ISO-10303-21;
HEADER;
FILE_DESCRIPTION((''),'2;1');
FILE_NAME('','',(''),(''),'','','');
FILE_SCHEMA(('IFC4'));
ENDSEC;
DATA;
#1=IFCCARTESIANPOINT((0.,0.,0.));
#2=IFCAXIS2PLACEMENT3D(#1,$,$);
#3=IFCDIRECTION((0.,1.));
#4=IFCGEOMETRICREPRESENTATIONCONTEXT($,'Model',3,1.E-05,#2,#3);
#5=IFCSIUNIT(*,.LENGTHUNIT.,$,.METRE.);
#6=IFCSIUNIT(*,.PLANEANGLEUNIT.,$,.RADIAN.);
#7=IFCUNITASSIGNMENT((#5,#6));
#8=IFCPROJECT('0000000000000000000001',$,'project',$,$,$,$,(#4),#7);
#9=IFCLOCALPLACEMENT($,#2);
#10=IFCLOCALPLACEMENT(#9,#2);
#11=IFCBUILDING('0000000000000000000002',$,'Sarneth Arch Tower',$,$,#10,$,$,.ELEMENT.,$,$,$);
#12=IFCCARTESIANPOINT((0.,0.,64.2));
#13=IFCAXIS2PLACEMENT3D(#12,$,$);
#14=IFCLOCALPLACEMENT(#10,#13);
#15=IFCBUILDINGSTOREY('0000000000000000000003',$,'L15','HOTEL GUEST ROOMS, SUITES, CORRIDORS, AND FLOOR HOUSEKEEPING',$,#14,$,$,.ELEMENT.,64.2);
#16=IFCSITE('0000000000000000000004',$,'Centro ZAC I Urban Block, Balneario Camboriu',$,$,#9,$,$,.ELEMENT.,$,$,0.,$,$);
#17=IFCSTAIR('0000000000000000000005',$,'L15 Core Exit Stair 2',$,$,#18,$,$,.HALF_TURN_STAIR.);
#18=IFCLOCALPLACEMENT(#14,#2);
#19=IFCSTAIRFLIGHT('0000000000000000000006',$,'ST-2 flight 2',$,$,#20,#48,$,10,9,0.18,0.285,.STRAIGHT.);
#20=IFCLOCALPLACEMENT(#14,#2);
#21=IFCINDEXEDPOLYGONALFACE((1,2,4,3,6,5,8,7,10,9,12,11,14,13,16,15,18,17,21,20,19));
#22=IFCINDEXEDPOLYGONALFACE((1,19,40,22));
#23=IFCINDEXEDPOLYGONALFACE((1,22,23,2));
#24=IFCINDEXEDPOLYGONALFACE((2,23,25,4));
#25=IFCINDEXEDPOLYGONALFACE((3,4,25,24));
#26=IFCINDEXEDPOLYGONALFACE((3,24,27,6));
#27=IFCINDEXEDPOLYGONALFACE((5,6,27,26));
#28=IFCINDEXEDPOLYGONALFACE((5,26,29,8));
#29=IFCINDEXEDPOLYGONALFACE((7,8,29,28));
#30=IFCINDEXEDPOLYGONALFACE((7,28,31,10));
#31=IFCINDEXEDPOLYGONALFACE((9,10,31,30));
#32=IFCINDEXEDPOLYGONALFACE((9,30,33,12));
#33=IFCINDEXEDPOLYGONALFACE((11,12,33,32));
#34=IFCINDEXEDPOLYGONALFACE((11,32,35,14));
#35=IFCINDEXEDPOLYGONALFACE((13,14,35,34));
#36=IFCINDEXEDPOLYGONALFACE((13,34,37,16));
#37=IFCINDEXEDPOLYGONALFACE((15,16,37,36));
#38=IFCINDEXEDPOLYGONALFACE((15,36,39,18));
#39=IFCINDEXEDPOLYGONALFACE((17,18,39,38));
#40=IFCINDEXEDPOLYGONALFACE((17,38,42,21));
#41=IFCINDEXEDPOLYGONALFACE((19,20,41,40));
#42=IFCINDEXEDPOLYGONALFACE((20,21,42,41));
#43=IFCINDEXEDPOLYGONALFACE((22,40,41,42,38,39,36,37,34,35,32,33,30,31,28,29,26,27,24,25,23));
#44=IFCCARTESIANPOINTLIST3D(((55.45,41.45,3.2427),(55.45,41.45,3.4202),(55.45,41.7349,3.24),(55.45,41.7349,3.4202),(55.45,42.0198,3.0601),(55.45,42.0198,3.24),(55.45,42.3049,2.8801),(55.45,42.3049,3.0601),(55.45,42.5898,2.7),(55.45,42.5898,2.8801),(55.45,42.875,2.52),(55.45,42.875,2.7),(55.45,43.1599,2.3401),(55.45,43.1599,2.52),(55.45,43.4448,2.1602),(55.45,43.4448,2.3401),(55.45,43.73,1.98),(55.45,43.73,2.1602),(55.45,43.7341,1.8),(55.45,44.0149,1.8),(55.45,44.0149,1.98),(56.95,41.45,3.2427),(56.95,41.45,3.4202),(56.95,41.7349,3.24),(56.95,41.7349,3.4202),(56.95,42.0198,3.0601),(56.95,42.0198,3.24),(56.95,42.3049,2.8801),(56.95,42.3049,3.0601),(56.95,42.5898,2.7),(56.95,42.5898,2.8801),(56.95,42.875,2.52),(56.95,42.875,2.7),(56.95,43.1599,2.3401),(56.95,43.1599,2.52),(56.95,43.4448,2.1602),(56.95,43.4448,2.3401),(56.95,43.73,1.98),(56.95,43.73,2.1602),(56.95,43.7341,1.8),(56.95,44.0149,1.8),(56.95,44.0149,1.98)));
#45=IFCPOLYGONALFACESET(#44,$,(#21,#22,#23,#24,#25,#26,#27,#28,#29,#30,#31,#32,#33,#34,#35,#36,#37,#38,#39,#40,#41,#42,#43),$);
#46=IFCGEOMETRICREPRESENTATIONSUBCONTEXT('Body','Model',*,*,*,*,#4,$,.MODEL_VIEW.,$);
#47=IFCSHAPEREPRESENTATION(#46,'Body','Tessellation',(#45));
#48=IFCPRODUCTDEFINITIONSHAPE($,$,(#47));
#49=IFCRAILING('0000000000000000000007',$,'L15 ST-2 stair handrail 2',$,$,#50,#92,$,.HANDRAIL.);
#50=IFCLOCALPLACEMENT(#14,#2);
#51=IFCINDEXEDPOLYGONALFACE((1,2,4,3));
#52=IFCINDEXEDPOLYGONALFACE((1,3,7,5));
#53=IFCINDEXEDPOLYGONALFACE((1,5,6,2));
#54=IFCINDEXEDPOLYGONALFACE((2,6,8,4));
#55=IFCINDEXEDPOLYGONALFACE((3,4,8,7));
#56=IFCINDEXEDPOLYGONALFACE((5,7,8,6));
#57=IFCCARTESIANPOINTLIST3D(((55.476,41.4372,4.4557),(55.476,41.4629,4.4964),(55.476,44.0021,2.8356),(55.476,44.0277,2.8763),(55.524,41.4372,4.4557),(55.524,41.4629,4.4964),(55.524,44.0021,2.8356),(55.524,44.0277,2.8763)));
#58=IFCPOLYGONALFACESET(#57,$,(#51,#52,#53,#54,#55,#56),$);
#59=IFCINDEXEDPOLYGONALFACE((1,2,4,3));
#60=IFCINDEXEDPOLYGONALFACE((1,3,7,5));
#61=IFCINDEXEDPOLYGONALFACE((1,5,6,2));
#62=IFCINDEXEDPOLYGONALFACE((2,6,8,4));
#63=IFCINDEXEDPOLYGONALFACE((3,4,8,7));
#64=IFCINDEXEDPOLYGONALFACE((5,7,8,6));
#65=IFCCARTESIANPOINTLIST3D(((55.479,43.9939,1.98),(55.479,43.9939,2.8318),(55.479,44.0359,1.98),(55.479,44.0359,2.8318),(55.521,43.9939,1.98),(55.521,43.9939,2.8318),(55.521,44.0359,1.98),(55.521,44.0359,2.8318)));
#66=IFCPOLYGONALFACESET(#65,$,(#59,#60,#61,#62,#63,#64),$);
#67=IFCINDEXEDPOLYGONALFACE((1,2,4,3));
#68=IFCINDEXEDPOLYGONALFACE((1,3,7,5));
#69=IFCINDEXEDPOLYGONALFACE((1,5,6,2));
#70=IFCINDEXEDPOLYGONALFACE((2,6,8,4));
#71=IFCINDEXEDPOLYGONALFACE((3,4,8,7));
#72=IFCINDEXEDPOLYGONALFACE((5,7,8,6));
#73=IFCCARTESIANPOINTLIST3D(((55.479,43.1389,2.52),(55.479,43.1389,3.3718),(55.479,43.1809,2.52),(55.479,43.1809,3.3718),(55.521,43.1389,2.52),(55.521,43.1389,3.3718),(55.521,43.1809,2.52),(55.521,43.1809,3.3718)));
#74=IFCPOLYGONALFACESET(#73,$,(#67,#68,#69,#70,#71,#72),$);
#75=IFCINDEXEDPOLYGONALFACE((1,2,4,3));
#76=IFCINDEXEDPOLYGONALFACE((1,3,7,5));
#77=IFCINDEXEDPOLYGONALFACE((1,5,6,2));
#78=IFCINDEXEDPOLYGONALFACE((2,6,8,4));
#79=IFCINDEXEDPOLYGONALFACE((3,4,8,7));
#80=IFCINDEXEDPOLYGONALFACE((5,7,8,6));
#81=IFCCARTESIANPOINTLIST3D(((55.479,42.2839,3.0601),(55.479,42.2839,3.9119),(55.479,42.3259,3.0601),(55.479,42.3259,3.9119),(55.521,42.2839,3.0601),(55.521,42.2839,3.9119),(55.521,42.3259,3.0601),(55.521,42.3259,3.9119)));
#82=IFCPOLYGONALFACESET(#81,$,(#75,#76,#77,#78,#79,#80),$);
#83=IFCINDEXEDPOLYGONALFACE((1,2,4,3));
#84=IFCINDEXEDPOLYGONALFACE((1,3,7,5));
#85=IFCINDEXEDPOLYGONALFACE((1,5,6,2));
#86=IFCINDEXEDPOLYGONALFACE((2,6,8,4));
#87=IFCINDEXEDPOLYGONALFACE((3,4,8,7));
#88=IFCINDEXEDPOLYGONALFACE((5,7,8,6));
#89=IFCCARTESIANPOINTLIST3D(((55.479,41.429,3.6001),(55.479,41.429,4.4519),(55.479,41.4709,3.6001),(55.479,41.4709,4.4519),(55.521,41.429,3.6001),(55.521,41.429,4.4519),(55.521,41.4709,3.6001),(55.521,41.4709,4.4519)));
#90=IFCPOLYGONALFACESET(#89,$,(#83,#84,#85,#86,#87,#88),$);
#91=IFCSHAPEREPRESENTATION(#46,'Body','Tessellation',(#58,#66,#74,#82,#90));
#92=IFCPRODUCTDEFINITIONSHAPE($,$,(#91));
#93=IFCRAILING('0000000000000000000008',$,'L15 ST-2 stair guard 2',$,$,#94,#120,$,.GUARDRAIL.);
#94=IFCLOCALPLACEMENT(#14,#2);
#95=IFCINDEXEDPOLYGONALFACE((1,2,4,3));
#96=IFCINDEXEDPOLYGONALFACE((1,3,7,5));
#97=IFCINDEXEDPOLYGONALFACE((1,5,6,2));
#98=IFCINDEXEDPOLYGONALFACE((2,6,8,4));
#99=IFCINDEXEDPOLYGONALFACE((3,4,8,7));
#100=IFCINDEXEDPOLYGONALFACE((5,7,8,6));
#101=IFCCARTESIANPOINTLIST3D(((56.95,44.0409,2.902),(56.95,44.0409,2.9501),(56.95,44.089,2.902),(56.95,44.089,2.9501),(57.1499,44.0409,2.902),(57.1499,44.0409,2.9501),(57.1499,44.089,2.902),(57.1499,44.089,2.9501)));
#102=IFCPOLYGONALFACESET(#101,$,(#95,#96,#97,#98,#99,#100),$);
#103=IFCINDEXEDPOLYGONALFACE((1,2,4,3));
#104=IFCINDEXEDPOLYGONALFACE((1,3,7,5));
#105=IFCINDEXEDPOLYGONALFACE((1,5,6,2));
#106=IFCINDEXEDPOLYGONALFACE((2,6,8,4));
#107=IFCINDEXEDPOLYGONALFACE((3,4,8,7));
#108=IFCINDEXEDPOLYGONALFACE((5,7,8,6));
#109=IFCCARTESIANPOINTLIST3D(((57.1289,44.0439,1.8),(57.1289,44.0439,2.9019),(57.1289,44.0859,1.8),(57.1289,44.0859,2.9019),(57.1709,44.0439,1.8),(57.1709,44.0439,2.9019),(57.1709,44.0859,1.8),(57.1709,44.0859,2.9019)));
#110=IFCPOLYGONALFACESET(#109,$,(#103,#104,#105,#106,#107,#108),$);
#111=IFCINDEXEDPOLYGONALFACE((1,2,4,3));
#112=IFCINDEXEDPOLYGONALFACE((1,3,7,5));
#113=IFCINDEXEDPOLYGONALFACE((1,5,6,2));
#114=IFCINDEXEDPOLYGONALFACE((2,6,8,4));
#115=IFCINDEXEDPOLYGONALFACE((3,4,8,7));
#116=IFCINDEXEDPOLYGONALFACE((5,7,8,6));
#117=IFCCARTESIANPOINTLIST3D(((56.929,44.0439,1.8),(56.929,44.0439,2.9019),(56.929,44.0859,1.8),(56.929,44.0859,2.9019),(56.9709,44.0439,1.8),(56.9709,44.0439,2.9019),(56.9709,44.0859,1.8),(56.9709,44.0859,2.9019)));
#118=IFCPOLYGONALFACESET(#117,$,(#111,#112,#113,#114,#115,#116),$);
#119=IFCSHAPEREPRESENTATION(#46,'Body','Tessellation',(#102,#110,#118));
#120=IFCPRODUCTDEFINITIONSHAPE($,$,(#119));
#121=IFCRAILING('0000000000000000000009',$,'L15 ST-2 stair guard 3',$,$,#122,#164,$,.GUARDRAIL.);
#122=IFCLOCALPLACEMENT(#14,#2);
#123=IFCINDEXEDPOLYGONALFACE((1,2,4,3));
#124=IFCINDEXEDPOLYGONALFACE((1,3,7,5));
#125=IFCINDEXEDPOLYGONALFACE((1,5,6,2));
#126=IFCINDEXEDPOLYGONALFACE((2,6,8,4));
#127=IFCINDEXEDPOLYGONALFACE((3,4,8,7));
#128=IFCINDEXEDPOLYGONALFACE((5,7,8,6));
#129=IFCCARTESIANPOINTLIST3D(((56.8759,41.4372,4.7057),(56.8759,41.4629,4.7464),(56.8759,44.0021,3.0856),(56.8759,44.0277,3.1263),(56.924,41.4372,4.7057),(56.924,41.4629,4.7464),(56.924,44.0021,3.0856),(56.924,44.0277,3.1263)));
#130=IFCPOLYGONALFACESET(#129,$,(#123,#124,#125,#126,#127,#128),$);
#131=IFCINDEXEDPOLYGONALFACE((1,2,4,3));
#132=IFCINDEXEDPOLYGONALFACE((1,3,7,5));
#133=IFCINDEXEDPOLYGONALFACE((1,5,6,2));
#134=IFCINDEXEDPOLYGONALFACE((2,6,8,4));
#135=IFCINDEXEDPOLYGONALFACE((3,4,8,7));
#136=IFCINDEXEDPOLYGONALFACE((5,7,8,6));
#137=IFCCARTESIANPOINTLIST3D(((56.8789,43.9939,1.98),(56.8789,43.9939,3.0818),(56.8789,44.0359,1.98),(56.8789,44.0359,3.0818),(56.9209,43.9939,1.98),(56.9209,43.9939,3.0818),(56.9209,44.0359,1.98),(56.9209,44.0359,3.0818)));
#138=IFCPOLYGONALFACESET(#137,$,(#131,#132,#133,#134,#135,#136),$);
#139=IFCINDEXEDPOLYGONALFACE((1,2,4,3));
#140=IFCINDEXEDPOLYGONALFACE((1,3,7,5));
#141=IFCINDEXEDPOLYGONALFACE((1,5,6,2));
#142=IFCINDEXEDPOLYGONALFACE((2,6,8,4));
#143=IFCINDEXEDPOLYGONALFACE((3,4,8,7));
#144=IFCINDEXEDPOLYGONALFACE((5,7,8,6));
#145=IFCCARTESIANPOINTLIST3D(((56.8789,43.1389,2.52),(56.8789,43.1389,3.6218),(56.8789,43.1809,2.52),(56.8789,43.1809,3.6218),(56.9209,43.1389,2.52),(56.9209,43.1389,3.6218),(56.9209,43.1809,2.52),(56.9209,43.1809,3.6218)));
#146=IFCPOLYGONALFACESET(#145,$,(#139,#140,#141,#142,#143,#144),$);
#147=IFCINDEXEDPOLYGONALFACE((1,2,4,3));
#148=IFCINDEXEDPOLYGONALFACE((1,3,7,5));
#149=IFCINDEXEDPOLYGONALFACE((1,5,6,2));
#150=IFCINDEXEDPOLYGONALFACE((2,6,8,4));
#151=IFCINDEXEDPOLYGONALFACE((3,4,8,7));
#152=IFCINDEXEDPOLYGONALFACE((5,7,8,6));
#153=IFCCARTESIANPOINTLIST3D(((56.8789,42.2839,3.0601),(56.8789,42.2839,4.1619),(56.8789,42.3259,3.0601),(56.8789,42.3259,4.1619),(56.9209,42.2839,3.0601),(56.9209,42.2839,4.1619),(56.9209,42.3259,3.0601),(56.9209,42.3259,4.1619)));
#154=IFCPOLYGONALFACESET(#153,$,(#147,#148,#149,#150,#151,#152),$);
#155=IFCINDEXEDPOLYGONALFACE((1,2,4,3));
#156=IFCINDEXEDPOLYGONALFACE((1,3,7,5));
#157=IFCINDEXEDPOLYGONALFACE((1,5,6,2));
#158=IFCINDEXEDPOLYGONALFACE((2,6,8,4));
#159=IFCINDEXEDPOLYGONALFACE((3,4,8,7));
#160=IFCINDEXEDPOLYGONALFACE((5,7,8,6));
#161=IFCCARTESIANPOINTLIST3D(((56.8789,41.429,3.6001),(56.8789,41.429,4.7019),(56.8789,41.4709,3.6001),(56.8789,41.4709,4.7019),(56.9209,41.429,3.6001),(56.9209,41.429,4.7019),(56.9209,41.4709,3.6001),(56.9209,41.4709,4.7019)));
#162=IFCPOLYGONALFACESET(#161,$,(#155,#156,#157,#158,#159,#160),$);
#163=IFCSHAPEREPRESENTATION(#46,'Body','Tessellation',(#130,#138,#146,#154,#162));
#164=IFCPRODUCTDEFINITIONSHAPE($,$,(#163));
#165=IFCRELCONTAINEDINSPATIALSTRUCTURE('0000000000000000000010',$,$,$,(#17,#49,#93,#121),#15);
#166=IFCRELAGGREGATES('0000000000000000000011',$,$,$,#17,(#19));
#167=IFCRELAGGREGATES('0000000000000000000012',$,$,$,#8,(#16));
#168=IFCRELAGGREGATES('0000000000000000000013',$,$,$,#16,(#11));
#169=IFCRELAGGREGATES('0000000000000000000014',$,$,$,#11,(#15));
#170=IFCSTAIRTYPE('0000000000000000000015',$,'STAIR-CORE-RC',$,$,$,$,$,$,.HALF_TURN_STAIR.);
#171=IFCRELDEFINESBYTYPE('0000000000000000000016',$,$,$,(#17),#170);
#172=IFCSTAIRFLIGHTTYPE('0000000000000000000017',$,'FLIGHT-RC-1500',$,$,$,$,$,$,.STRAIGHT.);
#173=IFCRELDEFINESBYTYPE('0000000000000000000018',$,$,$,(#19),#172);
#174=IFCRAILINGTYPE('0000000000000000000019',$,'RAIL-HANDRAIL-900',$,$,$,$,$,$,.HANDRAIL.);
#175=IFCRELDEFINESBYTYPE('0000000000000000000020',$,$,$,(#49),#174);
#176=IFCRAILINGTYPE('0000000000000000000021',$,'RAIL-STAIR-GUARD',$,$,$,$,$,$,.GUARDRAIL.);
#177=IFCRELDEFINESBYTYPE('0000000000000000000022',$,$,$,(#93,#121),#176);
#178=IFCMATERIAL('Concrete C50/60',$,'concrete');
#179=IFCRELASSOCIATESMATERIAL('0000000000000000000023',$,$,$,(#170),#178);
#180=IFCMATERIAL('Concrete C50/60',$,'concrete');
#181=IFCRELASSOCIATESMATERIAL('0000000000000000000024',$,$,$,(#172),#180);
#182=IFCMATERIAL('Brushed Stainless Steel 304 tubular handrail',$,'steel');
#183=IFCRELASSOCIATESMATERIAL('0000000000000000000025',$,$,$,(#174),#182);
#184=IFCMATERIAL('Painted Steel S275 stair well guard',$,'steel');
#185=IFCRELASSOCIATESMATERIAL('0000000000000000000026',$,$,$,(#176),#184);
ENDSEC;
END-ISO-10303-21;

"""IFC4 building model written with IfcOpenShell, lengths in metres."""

from ifc_helpers import new_model, si_unit, direction, frame, origin, origin_2d, place, context, subcontext, project, spatial, polyline, rectangle, outline, extrude, material, type_object, element, aggregate, save


model = new_model("IFC4")

# Units and contexts
model_context = context("Model", 3, precision=1e-05, world=origin(), true_north=direction((0.0, 1.0)))
body_context = subcontext(model_context, "Body", "Model", "MODEL_VIEW")
ifc_project = project(units=[si_unit("LENGTHUNIT", "METRE"), si_unit("PLANEANGLEUNIT", "RADIAN")], contexts=[model_context])

# Site, building, storey
site_placement = place(None, origin())
site = spatial("IfcSite", under=ifc_project, at=site_placement, Name="Centro ZAC I Urban Block, Balneario Camboriu", CompositionType="ELEMENT", RefElevation=0.0)
building_placement = place(site_placement, origin())
building = spatial("IfcBuilding", under=site, at=building_placement, Name="Sarneth Arch Tower", CompositionType="ELEMENT")
storey_placement = place(building_placement, frame((0.0, 0.0, 64.2)))
storey = spatial("IfcBuildingStorey", under=building, at=storey_placement, Name="L15", Description="HOTEL GUEST ROOMS, SUITES, CORRIDORS, AND FLOOR HOUSEKEEPING", CompositionType="ELEMENT", Elevation=64.2)

# Stair, stair flight
ifc_material_1 = material(Name="Concrete C50/60", Category="concrete")
stair_type = type_object("IfcStairType", Name="STAIR-CORE-RC", PredefinedType="HALF_TURN_STAIR", material=ifc_material_1)
stair_placement = place(storey_placement, origin())
stair = element("IfcStair", 1, at=stair_placement, inside=storey, type_object=stair_type, Name="L15 Core Exit Stair 2", PredefinedType="HALF_TURN_STAIR")
ifc_material_2 = material(Name="Concrete C50/60", Category="concrete")
stair_flight_type = type_object("IfcStairFlightType", Name="FLIGHT-RC-1500", PredefinedType="STRAIGHT", material=ifc_material_2)
stair_flight_placement = place(storey_placement, frame((56.2, 44.0149, 1.8), z_axis=(0.0, 0.0, 1.0), x_axis=(0.0, -1.0, 0.0)))
stair_flight = element("IfcStairFlight", 2, at=stair_flight_placement, type_object=stair_flight_type, Name="ST-2 flight 2", NumberOfRisers=10, NumberOfTreads=9, PredefinedType="STRAIGHT", RiserHeight=0.18, TreadLength=0.285, context=body_context, shape_type="SweptSolid", body=[
    extrude(outline(polyline([(0.0, 0.0), (0.0, 0.1799), (0.2849, 0.1799), (0.2849, 0.3601), (0.5701, 0.3601), (0.5701, 0.54), (0.855, 0.54), (0.855, 0.72), (1.1399, 0.72), (1.1399, 0.8999), (1.425, 0.8999), (1.425, 1.0801), (1.71, 1.0801), (1.71, 1.26), (1.9951, 1.26), (1.9951, 1.4399), (2.28, 1.4399), (2.28, 1.6201), (2.5649, 1.6201), (2.5649, 1.8), (2.5649, 1.4426), (0.2808, 0.0), (0.0, 0.0)])), frame((0.0, 0.75, 0.0), z_axis=(0.0, -1.0, 0.0), x_axis=(1.0, 0.0, 0.0)), (0.0, 0.0, 1.0), 1.5),
])
aggregate(stair, [stair_flight])

# Railings
ifc_material_3 = material(Name="Brushed Stainless Steel 304 tubular handrail", Category="steel")
railing_type_1 = type_object("IfcRailingType", Name="RAIL-HANDRAIL-900", PredefinedType="HANDRAIL", material=ifc_material_3)
railing_1_placement = place(storey_placement, frame((55.5, 44.0149, 1.98)))
element("IfcRailing", 3, at=railing_1_placement, inside=storey, type_object=railing_type_1, Name="L15 ST-2 stair handrail 2", PredefinedType="HANDRAIL", context=body_context, shape_type="SweptSolid", body=[
    extrude(rectangle(XDim=0.0481, YDim=0.0481, at=origin_2d()), frame((0.0, 0.0, 0.876), z_axis=(0.0, -0.845466, 0.534029), x_axis=(1.0, 0.0, 0.0)), (0.0, 0.0, 1.0), 3.0337),
    extrude(rectangle(XDim=0.042, YDim=0.042, at=origin_2d()), origin(), (0.0, 0.0, 1.0), 0.8518),
    extrude(rectangle(XDim=0.042, YDim=0.042, at=origin_2d()), frame((0.0, -0.855, 0.54)), (0.0, 0.0, 1.0), 0.8518),
    extrude(rectangle(XDim=0.042, YDim=0.042, at=origin_2d()), frame((0.0, -1.71, 1.0801)), (0.0, 0.0, 1.0), 0.8518),
    extrude(rectangle(XDim=0.042, YDim=0.042, at=origin_2d()), frame((0.0, -2.5649, 1.6201)), (0.0, 0.0, 1.0), 0.8518),
])
ifc_material_4 = material(Name="Painted Steel S275 stair well guard", Category="steel")
railing_type_2 = type_object("IfcRailingType", Name="RAIL-STAIR-GUARD", PredefinedType="GUARDRAIL", material=ifc_material_4)
railing_2_placement = place(storey_placement, frame((57.1499, 44.0649, 1.8)))
element("IfcRailing", 4, at=railing_2_placement, inside=storey, type_object=railing_type_2, Name="L15 ST-2 stair guard 2", PredefinedType="GUARDRAIL", context=body_context, shape_type="SweptSolid", body=[
    extrude(rectangle(XDim=0.0481, YDim=0.0481, at=origin_2d()), frame((0.0, 0.0, 1.126), z_axis=(-1.0, 0.0, 0.0), x_axis=(0.0, -1.0, 0.0)), (0.0, 0.0, 1.0), 0.2),
    extrude(rectangle(XDim=0.042, YDim=0.042, at=origin_2d()), origin(), (0.0, 0.0, 1.0), 1.1018),
    extrude(rectangle(XDim=0.042, YDim=0.042, at=origin_2d()), frame((-0.2, 0.0, 0.0)), (0.0, 0.0, 1.0), 1.1018),
])
railing_3_placement = place(storey_placement, frame((56.8999, 44.0149, 1.98)))
element("IfcRailing", 5, at=railing_3_placement, inside=storey, type_object=railing_type_2, Name="L15 ST-2 stair guard 3", PredefinedType="GUARDRAIL", context=body_context, shape_type="SweptSolid", body=[
    extrude(rectangle(XDim=0.0481, YDim=0.0481, at=origin_2d()), frame((0.0, 0.0, 1.126), z_axis=(0.0, -0.845466, 0.534029), x_axis=(1.0, 0.0, 0.0)), (0.0, 0.0, 1.0), 3.0337),
    extrude(rectangle(XDim=0.042, YDim=0.042, at=origin_2d()), origin(), (0.0, 0.0, 1.0), 1.1018),
    extrude(rectangle(XDim=0.042, YDim=0.042, at=origin_2d()), frame((0.0, -0.855, 0.54)), (0.0, 0.0, 1.0), 1.1018),
    extrude(rectangle(XDim=0.042, YDim=0.042, at=origin_2d()), frame((0.0, -1.71, 1.0801)), (0.0, 0.0, 1.0), 1.1018),
    extrude(rectangle(XDim=0.042, YDim=0.042, at=origin_2d()), frame((0.0, -2.5649, 1.6201)), (0.0, 0.0, 1.0), 1.1018),
])

save(model, "model.ifc")
